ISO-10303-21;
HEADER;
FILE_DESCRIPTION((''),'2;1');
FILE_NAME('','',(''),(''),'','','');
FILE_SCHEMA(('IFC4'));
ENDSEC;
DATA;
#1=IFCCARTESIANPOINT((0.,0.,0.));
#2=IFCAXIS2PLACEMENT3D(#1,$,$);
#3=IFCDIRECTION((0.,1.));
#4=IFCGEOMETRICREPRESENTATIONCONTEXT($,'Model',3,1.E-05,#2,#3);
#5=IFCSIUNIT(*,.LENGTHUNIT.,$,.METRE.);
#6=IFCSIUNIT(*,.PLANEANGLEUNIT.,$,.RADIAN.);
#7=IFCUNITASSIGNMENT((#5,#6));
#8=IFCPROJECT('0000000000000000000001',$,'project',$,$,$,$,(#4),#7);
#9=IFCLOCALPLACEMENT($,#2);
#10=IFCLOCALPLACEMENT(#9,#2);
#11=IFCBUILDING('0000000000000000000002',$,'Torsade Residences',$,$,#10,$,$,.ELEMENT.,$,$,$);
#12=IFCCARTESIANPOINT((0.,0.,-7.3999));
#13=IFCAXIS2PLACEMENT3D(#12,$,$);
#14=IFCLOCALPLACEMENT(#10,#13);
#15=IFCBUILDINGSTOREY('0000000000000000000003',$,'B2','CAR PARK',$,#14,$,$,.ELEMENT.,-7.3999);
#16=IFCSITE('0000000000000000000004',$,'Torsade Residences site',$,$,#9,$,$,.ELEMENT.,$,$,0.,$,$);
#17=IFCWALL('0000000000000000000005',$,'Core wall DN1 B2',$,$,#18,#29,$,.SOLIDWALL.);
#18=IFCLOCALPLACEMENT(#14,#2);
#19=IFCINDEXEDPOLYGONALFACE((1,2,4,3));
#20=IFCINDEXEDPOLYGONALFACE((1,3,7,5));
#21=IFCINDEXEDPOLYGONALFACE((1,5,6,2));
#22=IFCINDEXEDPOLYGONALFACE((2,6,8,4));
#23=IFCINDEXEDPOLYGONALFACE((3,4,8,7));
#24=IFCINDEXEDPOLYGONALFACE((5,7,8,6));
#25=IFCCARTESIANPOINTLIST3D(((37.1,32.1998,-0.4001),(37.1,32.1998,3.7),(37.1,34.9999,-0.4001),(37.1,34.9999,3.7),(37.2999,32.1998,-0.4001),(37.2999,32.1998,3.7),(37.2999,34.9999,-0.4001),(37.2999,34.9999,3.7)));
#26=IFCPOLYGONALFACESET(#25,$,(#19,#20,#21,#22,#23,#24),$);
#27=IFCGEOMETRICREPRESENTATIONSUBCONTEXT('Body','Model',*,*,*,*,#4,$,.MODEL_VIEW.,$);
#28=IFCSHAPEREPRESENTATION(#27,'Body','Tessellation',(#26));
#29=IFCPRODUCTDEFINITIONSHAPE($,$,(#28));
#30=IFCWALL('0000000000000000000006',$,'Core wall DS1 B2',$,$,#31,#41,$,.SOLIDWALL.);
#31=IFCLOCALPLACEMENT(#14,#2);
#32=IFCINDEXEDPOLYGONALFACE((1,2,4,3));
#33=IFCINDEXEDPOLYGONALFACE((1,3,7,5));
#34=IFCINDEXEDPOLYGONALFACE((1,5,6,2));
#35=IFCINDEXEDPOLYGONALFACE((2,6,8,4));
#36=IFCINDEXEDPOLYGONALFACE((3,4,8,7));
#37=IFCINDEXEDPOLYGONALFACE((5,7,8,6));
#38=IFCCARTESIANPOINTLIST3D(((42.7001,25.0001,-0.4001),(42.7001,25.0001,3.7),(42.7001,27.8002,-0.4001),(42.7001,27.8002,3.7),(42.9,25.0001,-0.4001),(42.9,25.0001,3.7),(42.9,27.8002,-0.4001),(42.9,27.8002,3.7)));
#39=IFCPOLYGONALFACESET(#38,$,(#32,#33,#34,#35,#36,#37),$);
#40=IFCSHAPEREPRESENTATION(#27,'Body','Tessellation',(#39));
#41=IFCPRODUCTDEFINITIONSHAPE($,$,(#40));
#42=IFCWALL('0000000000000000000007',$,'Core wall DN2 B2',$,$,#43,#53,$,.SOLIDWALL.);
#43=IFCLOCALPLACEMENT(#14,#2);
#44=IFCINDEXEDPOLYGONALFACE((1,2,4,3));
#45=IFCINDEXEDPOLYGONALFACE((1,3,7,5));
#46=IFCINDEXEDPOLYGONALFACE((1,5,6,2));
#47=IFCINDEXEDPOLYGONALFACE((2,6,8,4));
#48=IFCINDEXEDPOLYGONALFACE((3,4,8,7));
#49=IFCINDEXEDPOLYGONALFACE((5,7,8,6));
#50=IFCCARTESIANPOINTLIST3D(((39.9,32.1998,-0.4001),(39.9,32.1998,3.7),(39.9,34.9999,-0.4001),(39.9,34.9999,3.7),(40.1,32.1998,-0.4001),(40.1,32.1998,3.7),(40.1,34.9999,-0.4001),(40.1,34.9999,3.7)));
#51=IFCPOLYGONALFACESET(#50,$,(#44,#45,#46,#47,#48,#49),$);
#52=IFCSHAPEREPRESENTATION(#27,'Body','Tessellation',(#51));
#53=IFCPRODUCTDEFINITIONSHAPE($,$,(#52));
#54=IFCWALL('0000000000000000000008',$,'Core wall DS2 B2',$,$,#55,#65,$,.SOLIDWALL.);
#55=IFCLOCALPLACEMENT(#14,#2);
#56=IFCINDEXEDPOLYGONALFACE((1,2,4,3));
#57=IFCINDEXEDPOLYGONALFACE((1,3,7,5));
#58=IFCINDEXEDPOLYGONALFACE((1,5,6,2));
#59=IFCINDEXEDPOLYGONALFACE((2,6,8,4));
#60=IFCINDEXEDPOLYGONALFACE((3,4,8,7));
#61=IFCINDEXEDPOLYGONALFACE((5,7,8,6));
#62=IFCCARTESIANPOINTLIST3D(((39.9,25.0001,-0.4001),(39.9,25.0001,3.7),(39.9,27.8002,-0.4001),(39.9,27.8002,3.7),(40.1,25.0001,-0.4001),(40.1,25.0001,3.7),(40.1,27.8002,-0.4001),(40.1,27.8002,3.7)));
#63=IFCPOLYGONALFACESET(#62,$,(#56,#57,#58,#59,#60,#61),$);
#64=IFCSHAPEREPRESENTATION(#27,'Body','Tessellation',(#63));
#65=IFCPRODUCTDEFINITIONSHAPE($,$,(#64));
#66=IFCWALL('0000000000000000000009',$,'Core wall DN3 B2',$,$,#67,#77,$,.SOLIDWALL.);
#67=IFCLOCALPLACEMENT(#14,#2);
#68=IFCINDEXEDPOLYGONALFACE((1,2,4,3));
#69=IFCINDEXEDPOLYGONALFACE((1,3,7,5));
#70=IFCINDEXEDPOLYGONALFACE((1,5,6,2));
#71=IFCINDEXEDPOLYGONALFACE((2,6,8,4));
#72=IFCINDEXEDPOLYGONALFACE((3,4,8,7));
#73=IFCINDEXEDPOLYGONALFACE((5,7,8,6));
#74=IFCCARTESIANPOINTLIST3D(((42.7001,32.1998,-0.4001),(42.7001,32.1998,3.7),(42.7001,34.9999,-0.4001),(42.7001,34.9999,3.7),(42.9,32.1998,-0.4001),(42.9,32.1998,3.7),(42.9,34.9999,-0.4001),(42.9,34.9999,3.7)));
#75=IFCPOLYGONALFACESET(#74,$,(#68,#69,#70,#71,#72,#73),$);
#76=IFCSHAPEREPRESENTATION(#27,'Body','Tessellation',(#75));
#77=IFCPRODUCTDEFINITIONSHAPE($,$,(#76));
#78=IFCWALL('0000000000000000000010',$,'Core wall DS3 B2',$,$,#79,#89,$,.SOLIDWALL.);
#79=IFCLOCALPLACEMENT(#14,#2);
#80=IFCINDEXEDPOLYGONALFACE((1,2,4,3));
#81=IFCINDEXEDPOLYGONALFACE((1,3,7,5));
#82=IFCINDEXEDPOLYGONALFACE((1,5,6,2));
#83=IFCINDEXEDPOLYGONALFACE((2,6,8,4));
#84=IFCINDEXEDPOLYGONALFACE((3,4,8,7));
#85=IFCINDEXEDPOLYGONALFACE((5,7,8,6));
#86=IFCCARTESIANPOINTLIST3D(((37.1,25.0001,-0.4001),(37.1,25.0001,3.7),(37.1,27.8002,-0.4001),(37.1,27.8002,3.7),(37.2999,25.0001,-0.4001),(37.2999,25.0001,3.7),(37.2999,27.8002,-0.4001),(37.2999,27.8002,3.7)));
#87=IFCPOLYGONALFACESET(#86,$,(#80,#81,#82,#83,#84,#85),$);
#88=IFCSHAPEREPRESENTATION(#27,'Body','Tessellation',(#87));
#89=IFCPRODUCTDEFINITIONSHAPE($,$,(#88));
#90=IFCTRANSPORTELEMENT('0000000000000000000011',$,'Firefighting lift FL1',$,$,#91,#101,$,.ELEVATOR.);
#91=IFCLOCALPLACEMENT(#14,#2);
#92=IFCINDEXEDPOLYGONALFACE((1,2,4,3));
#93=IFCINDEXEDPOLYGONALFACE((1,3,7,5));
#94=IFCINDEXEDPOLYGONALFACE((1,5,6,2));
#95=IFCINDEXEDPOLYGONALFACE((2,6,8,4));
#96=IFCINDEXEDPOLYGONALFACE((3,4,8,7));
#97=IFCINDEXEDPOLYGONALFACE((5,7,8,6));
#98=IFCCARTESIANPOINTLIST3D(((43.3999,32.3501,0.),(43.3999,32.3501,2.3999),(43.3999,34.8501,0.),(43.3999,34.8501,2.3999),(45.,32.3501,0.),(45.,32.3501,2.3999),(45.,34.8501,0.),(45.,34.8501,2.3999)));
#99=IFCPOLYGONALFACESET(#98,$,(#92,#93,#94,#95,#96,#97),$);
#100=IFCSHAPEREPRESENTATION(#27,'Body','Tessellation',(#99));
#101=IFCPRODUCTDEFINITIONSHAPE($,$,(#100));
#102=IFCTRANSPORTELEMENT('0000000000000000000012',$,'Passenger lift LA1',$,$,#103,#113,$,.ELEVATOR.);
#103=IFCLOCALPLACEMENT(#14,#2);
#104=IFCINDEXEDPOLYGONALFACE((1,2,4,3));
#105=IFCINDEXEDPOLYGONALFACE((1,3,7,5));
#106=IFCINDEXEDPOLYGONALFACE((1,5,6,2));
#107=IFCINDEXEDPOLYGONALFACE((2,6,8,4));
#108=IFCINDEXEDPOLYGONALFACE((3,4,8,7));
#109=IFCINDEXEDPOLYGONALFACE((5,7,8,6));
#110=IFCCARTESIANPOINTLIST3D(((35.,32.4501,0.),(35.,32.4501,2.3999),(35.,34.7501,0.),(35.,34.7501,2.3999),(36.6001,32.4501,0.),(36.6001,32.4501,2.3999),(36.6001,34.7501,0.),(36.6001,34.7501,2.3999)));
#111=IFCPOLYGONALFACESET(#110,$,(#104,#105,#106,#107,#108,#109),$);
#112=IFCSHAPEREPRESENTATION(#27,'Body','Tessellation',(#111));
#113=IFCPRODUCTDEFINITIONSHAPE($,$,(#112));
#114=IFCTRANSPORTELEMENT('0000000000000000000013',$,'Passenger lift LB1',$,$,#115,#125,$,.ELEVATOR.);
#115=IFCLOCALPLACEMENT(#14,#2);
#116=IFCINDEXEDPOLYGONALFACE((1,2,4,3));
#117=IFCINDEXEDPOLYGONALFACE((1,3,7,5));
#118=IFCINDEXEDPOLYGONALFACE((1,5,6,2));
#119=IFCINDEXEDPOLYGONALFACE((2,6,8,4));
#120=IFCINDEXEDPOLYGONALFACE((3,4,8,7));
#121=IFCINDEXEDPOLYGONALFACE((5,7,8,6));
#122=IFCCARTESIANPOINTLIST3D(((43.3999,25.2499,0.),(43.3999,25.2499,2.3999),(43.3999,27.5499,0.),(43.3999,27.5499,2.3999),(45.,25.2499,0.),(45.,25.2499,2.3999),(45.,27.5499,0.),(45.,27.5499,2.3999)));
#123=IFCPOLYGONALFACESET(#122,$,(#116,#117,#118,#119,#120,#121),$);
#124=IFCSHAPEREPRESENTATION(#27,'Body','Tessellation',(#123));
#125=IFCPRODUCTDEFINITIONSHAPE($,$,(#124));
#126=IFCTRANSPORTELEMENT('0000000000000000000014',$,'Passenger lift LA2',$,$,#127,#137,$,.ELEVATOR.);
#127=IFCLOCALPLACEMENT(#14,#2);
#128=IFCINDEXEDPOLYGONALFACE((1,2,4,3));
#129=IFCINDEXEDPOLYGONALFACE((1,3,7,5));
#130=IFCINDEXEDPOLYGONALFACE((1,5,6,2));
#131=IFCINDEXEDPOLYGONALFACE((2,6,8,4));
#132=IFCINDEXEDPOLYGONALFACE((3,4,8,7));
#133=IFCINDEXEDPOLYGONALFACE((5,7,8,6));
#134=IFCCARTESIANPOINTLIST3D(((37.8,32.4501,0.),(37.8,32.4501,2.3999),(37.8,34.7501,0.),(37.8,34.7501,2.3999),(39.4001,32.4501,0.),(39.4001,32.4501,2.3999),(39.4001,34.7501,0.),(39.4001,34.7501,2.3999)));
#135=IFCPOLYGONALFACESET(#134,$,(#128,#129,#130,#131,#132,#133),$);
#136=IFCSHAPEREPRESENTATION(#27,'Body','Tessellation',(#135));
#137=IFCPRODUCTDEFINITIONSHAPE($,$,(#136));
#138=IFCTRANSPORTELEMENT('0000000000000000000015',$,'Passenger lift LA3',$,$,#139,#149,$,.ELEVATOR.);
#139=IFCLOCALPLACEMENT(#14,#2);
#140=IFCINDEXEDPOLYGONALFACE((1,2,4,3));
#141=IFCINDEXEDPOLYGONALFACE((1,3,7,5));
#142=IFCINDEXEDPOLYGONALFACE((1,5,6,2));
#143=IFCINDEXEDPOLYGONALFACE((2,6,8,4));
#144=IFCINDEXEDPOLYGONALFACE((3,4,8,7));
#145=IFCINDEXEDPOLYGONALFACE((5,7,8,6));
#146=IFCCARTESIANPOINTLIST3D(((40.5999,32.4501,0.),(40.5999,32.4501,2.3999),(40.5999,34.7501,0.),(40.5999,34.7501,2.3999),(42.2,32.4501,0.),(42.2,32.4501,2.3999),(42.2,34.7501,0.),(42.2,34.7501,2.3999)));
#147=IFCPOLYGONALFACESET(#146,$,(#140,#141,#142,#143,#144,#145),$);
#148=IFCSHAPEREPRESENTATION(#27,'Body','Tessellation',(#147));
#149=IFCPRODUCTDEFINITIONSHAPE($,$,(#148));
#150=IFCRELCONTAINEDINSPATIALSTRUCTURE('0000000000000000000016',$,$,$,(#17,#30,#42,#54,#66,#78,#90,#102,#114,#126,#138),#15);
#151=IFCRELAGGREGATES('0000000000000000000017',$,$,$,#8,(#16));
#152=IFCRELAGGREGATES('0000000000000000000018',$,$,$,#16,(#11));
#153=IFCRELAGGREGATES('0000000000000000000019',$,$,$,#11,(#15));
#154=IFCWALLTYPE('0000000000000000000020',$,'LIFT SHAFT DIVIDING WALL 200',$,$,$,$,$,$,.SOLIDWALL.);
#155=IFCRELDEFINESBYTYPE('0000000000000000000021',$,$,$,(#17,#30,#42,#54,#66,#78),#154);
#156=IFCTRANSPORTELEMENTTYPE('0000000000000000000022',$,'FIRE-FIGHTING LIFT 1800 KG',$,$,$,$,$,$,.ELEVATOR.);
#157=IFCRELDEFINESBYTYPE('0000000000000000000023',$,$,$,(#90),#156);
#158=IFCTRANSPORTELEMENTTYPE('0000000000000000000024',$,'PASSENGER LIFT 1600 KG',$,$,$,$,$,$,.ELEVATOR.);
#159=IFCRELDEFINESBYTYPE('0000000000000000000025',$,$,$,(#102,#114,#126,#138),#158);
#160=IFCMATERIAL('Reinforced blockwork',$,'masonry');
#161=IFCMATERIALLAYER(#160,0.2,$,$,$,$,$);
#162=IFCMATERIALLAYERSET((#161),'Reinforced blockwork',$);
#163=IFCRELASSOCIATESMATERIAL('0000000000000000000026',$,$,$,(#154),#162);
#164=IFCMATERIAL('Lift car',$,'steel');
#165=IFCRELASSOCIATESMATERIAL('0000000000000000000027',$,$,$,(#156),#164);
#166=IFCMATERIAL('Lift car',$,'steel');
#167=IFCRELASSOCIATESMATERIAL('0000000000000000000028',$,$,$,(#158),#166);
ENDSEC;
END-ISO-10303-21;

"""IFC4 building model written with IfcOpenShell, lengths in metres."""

from ifc_helpers import new_model, si_unit, direction, frame, frame_2d, origin, origin_2d, place, context, subcontext, project, spatial, rectangle, extrude, material, layer, layer_set, type_object, element, save


model = new_model("IFC4")

# Units and contexts
model_context = context("Model", 3, precision=1e-05, world=origin(), true_north=direction((0.0, 1.0)))
body_context = subcontext(model_context, "Body", "Model", "MODEL_VIEW")
ifc_project = project(units=[si_unit("LENGTHUNIT", "METRE"), si_unit("PLANEANGLEUNIT", "RADIAN")], contexts=[model_context])

# Site, building, storey
site_placement = place(None, origin())
site = spatial("IfcSite", under=ifc_project, at=site_placement, Name="Torsade Residences site", CompositionType="ELEMENT", RefElevation=0.0)
building_placement = place(site_placement, origin())
building = spatial("IfcBuilding", under=site, at=building_placement, Name="Torsade Residences", CompositionType="ELEMENT")
storey_placement = place(building_placement, frame((0.0, 0.0, -7.3999)))
storey = spatial("IfcBuildingStorey", under=building, at=storey_placement, Name="B2", Description="CAR PARK", CompositionType="ELEMENT", Elevation=-7.3999)

# Walls
ifc_material_1 = material(Name="Reinforced blockwork", Category="masonry")
ifc_layer_1 = layer(ifc_material_1, 0.2)
ifc_layer_set_1 = layer_set([ifc_layer_1], Name="Reinforced blockwork")
wall_type_1 = type_object("IfcWallType", Name="LIFT SHAFT DIVIDING WALL 200", PredefinedType="SOLIDWALL", material=ifc_layer_set_1)
for number, where, z_axis, x_axis, name in (
    (1, (37.2, 32.2, -0.4001), (0.0, 0.0, 1.0), (0.0, 1.0, 0.0), "Core wall DN1 B2"),
    (2, (42.8, 27.8, -0.4001), (0.0, 0.0, 1.0), (0.0, -1.0, 0.0), "Core wall DS1 B2"),
    (3, (40.0, 32.2, -0.4001), (0.0, 0.0, 1.0), (0.0, 1.0, 0.0), "Core wall DN2 B2"),
    (4, (40.0, 27.8, -0.4001), (0.0, 0.0, 1.0), (0.0, -1.0, 0.0), "Core wall DS2 B2"),
    (5, (42.8, 32.2, -0.4001), (0.0, 0.0, 1.0), (0.0, 1.0, 0.0), "Core wall DN3 B2"),
    (6, (37.2, 27.8, -0.4001), (0.0, 0.0, 1.0), (0.0, -1.0, 0.0), "Core wall DS3 B2"),
):
    element("IfcWall", number, at=place(storey_placement, frame(where, z_axis=z_axis, x_axis=x_axis)), inside=storey, type_object=wall_type_1, Name=name, PredefinedType="SOLIDWALL", context=body_context, shape_type="SweptSolid", body=[
        extrude(rectangle(XDim=2.8, YDim=0.2, at=frame_2d((1.3999, 0.0))), origin(), (0.0, 0.0, 1.0), 4.1001),
    ])

# Transport elements
ifc_material_2 = material(Name="Lift car", Category="steel")
transport_element_type_1 = type_object("IfcTransportElementType", Name="FIRE-FIGHTING LIFT 1800 KG", PredefinedType="ELEVATOR", material=ifc_material_2)
transport_element_placement = place(storey_placement, frame((44.2, 33.6001, 0.0), z_axis=(0.0, 0.0, 1.0), x_axis=(1.0, 0.0, 0.0)))
element("IfcTransportElement", 7, at=transport_element_placement, inside=storey, type_object=transport_element_type_1, Name="Firefighting lift FL1", PredefinedType="ELEVATOR", context=body_context, shape_type="SweptSolid", body=[
    extrude(rectangle(XDim=1.6001, YDim=2.5, at=origin_2d()), origin(), (0.0, 0.0, 1.0), 2.3999),
])
ifc_material_3 = material(Name="Lift car", Category="steel")
transport_element_type_2 = type_object("IfcTransportElementType", Name="PASSENGER LIFT 1600 KG", PredefinedType="ELEVATOR", material=ifc_material_3)
for number, where, z_axis, x_axis, name in (
    (8, (35.8, 33.6001, 0.0), (0.0, 0.0, 1.0), (1.0, 0.0, 0.0), "Passenger lift LA1"),
    (9, (44.2, 26.3999, 0.0), (0.0, 0.0, 1.0), (1.0, 0.0, 0.0), "Passenger lift LB1"),
    (10, (38.6001, 33.6001, 0.0), (0.0, 0.0, 1.0), (1.0, 0.0, 0.0), "Passenger lift LA2"),
    (11, (41.3999, 33.6001, 0.0), (0.0, 0.0, 1.0), (1.0, 0.0, 0.0), "Passenger lift LA3"),
):
    element("IfcTransportElement", number, at=place(storey_placement, frame(where, z_axis=z_axis, x_axis=x_axis)), inside=storey, type_object=transport_element_type_2, Name=name, PredefinedType="ELEVATOR", context=body_context, shape_type="SweptSolid", body=[
        extrude(rectangle(XDim=1.6001, YDim=2.3, at=origin_2d()), origin(), (0.0, 0.0, 1.0), 2.3999),
    ])

save(model, "model.ifc")
